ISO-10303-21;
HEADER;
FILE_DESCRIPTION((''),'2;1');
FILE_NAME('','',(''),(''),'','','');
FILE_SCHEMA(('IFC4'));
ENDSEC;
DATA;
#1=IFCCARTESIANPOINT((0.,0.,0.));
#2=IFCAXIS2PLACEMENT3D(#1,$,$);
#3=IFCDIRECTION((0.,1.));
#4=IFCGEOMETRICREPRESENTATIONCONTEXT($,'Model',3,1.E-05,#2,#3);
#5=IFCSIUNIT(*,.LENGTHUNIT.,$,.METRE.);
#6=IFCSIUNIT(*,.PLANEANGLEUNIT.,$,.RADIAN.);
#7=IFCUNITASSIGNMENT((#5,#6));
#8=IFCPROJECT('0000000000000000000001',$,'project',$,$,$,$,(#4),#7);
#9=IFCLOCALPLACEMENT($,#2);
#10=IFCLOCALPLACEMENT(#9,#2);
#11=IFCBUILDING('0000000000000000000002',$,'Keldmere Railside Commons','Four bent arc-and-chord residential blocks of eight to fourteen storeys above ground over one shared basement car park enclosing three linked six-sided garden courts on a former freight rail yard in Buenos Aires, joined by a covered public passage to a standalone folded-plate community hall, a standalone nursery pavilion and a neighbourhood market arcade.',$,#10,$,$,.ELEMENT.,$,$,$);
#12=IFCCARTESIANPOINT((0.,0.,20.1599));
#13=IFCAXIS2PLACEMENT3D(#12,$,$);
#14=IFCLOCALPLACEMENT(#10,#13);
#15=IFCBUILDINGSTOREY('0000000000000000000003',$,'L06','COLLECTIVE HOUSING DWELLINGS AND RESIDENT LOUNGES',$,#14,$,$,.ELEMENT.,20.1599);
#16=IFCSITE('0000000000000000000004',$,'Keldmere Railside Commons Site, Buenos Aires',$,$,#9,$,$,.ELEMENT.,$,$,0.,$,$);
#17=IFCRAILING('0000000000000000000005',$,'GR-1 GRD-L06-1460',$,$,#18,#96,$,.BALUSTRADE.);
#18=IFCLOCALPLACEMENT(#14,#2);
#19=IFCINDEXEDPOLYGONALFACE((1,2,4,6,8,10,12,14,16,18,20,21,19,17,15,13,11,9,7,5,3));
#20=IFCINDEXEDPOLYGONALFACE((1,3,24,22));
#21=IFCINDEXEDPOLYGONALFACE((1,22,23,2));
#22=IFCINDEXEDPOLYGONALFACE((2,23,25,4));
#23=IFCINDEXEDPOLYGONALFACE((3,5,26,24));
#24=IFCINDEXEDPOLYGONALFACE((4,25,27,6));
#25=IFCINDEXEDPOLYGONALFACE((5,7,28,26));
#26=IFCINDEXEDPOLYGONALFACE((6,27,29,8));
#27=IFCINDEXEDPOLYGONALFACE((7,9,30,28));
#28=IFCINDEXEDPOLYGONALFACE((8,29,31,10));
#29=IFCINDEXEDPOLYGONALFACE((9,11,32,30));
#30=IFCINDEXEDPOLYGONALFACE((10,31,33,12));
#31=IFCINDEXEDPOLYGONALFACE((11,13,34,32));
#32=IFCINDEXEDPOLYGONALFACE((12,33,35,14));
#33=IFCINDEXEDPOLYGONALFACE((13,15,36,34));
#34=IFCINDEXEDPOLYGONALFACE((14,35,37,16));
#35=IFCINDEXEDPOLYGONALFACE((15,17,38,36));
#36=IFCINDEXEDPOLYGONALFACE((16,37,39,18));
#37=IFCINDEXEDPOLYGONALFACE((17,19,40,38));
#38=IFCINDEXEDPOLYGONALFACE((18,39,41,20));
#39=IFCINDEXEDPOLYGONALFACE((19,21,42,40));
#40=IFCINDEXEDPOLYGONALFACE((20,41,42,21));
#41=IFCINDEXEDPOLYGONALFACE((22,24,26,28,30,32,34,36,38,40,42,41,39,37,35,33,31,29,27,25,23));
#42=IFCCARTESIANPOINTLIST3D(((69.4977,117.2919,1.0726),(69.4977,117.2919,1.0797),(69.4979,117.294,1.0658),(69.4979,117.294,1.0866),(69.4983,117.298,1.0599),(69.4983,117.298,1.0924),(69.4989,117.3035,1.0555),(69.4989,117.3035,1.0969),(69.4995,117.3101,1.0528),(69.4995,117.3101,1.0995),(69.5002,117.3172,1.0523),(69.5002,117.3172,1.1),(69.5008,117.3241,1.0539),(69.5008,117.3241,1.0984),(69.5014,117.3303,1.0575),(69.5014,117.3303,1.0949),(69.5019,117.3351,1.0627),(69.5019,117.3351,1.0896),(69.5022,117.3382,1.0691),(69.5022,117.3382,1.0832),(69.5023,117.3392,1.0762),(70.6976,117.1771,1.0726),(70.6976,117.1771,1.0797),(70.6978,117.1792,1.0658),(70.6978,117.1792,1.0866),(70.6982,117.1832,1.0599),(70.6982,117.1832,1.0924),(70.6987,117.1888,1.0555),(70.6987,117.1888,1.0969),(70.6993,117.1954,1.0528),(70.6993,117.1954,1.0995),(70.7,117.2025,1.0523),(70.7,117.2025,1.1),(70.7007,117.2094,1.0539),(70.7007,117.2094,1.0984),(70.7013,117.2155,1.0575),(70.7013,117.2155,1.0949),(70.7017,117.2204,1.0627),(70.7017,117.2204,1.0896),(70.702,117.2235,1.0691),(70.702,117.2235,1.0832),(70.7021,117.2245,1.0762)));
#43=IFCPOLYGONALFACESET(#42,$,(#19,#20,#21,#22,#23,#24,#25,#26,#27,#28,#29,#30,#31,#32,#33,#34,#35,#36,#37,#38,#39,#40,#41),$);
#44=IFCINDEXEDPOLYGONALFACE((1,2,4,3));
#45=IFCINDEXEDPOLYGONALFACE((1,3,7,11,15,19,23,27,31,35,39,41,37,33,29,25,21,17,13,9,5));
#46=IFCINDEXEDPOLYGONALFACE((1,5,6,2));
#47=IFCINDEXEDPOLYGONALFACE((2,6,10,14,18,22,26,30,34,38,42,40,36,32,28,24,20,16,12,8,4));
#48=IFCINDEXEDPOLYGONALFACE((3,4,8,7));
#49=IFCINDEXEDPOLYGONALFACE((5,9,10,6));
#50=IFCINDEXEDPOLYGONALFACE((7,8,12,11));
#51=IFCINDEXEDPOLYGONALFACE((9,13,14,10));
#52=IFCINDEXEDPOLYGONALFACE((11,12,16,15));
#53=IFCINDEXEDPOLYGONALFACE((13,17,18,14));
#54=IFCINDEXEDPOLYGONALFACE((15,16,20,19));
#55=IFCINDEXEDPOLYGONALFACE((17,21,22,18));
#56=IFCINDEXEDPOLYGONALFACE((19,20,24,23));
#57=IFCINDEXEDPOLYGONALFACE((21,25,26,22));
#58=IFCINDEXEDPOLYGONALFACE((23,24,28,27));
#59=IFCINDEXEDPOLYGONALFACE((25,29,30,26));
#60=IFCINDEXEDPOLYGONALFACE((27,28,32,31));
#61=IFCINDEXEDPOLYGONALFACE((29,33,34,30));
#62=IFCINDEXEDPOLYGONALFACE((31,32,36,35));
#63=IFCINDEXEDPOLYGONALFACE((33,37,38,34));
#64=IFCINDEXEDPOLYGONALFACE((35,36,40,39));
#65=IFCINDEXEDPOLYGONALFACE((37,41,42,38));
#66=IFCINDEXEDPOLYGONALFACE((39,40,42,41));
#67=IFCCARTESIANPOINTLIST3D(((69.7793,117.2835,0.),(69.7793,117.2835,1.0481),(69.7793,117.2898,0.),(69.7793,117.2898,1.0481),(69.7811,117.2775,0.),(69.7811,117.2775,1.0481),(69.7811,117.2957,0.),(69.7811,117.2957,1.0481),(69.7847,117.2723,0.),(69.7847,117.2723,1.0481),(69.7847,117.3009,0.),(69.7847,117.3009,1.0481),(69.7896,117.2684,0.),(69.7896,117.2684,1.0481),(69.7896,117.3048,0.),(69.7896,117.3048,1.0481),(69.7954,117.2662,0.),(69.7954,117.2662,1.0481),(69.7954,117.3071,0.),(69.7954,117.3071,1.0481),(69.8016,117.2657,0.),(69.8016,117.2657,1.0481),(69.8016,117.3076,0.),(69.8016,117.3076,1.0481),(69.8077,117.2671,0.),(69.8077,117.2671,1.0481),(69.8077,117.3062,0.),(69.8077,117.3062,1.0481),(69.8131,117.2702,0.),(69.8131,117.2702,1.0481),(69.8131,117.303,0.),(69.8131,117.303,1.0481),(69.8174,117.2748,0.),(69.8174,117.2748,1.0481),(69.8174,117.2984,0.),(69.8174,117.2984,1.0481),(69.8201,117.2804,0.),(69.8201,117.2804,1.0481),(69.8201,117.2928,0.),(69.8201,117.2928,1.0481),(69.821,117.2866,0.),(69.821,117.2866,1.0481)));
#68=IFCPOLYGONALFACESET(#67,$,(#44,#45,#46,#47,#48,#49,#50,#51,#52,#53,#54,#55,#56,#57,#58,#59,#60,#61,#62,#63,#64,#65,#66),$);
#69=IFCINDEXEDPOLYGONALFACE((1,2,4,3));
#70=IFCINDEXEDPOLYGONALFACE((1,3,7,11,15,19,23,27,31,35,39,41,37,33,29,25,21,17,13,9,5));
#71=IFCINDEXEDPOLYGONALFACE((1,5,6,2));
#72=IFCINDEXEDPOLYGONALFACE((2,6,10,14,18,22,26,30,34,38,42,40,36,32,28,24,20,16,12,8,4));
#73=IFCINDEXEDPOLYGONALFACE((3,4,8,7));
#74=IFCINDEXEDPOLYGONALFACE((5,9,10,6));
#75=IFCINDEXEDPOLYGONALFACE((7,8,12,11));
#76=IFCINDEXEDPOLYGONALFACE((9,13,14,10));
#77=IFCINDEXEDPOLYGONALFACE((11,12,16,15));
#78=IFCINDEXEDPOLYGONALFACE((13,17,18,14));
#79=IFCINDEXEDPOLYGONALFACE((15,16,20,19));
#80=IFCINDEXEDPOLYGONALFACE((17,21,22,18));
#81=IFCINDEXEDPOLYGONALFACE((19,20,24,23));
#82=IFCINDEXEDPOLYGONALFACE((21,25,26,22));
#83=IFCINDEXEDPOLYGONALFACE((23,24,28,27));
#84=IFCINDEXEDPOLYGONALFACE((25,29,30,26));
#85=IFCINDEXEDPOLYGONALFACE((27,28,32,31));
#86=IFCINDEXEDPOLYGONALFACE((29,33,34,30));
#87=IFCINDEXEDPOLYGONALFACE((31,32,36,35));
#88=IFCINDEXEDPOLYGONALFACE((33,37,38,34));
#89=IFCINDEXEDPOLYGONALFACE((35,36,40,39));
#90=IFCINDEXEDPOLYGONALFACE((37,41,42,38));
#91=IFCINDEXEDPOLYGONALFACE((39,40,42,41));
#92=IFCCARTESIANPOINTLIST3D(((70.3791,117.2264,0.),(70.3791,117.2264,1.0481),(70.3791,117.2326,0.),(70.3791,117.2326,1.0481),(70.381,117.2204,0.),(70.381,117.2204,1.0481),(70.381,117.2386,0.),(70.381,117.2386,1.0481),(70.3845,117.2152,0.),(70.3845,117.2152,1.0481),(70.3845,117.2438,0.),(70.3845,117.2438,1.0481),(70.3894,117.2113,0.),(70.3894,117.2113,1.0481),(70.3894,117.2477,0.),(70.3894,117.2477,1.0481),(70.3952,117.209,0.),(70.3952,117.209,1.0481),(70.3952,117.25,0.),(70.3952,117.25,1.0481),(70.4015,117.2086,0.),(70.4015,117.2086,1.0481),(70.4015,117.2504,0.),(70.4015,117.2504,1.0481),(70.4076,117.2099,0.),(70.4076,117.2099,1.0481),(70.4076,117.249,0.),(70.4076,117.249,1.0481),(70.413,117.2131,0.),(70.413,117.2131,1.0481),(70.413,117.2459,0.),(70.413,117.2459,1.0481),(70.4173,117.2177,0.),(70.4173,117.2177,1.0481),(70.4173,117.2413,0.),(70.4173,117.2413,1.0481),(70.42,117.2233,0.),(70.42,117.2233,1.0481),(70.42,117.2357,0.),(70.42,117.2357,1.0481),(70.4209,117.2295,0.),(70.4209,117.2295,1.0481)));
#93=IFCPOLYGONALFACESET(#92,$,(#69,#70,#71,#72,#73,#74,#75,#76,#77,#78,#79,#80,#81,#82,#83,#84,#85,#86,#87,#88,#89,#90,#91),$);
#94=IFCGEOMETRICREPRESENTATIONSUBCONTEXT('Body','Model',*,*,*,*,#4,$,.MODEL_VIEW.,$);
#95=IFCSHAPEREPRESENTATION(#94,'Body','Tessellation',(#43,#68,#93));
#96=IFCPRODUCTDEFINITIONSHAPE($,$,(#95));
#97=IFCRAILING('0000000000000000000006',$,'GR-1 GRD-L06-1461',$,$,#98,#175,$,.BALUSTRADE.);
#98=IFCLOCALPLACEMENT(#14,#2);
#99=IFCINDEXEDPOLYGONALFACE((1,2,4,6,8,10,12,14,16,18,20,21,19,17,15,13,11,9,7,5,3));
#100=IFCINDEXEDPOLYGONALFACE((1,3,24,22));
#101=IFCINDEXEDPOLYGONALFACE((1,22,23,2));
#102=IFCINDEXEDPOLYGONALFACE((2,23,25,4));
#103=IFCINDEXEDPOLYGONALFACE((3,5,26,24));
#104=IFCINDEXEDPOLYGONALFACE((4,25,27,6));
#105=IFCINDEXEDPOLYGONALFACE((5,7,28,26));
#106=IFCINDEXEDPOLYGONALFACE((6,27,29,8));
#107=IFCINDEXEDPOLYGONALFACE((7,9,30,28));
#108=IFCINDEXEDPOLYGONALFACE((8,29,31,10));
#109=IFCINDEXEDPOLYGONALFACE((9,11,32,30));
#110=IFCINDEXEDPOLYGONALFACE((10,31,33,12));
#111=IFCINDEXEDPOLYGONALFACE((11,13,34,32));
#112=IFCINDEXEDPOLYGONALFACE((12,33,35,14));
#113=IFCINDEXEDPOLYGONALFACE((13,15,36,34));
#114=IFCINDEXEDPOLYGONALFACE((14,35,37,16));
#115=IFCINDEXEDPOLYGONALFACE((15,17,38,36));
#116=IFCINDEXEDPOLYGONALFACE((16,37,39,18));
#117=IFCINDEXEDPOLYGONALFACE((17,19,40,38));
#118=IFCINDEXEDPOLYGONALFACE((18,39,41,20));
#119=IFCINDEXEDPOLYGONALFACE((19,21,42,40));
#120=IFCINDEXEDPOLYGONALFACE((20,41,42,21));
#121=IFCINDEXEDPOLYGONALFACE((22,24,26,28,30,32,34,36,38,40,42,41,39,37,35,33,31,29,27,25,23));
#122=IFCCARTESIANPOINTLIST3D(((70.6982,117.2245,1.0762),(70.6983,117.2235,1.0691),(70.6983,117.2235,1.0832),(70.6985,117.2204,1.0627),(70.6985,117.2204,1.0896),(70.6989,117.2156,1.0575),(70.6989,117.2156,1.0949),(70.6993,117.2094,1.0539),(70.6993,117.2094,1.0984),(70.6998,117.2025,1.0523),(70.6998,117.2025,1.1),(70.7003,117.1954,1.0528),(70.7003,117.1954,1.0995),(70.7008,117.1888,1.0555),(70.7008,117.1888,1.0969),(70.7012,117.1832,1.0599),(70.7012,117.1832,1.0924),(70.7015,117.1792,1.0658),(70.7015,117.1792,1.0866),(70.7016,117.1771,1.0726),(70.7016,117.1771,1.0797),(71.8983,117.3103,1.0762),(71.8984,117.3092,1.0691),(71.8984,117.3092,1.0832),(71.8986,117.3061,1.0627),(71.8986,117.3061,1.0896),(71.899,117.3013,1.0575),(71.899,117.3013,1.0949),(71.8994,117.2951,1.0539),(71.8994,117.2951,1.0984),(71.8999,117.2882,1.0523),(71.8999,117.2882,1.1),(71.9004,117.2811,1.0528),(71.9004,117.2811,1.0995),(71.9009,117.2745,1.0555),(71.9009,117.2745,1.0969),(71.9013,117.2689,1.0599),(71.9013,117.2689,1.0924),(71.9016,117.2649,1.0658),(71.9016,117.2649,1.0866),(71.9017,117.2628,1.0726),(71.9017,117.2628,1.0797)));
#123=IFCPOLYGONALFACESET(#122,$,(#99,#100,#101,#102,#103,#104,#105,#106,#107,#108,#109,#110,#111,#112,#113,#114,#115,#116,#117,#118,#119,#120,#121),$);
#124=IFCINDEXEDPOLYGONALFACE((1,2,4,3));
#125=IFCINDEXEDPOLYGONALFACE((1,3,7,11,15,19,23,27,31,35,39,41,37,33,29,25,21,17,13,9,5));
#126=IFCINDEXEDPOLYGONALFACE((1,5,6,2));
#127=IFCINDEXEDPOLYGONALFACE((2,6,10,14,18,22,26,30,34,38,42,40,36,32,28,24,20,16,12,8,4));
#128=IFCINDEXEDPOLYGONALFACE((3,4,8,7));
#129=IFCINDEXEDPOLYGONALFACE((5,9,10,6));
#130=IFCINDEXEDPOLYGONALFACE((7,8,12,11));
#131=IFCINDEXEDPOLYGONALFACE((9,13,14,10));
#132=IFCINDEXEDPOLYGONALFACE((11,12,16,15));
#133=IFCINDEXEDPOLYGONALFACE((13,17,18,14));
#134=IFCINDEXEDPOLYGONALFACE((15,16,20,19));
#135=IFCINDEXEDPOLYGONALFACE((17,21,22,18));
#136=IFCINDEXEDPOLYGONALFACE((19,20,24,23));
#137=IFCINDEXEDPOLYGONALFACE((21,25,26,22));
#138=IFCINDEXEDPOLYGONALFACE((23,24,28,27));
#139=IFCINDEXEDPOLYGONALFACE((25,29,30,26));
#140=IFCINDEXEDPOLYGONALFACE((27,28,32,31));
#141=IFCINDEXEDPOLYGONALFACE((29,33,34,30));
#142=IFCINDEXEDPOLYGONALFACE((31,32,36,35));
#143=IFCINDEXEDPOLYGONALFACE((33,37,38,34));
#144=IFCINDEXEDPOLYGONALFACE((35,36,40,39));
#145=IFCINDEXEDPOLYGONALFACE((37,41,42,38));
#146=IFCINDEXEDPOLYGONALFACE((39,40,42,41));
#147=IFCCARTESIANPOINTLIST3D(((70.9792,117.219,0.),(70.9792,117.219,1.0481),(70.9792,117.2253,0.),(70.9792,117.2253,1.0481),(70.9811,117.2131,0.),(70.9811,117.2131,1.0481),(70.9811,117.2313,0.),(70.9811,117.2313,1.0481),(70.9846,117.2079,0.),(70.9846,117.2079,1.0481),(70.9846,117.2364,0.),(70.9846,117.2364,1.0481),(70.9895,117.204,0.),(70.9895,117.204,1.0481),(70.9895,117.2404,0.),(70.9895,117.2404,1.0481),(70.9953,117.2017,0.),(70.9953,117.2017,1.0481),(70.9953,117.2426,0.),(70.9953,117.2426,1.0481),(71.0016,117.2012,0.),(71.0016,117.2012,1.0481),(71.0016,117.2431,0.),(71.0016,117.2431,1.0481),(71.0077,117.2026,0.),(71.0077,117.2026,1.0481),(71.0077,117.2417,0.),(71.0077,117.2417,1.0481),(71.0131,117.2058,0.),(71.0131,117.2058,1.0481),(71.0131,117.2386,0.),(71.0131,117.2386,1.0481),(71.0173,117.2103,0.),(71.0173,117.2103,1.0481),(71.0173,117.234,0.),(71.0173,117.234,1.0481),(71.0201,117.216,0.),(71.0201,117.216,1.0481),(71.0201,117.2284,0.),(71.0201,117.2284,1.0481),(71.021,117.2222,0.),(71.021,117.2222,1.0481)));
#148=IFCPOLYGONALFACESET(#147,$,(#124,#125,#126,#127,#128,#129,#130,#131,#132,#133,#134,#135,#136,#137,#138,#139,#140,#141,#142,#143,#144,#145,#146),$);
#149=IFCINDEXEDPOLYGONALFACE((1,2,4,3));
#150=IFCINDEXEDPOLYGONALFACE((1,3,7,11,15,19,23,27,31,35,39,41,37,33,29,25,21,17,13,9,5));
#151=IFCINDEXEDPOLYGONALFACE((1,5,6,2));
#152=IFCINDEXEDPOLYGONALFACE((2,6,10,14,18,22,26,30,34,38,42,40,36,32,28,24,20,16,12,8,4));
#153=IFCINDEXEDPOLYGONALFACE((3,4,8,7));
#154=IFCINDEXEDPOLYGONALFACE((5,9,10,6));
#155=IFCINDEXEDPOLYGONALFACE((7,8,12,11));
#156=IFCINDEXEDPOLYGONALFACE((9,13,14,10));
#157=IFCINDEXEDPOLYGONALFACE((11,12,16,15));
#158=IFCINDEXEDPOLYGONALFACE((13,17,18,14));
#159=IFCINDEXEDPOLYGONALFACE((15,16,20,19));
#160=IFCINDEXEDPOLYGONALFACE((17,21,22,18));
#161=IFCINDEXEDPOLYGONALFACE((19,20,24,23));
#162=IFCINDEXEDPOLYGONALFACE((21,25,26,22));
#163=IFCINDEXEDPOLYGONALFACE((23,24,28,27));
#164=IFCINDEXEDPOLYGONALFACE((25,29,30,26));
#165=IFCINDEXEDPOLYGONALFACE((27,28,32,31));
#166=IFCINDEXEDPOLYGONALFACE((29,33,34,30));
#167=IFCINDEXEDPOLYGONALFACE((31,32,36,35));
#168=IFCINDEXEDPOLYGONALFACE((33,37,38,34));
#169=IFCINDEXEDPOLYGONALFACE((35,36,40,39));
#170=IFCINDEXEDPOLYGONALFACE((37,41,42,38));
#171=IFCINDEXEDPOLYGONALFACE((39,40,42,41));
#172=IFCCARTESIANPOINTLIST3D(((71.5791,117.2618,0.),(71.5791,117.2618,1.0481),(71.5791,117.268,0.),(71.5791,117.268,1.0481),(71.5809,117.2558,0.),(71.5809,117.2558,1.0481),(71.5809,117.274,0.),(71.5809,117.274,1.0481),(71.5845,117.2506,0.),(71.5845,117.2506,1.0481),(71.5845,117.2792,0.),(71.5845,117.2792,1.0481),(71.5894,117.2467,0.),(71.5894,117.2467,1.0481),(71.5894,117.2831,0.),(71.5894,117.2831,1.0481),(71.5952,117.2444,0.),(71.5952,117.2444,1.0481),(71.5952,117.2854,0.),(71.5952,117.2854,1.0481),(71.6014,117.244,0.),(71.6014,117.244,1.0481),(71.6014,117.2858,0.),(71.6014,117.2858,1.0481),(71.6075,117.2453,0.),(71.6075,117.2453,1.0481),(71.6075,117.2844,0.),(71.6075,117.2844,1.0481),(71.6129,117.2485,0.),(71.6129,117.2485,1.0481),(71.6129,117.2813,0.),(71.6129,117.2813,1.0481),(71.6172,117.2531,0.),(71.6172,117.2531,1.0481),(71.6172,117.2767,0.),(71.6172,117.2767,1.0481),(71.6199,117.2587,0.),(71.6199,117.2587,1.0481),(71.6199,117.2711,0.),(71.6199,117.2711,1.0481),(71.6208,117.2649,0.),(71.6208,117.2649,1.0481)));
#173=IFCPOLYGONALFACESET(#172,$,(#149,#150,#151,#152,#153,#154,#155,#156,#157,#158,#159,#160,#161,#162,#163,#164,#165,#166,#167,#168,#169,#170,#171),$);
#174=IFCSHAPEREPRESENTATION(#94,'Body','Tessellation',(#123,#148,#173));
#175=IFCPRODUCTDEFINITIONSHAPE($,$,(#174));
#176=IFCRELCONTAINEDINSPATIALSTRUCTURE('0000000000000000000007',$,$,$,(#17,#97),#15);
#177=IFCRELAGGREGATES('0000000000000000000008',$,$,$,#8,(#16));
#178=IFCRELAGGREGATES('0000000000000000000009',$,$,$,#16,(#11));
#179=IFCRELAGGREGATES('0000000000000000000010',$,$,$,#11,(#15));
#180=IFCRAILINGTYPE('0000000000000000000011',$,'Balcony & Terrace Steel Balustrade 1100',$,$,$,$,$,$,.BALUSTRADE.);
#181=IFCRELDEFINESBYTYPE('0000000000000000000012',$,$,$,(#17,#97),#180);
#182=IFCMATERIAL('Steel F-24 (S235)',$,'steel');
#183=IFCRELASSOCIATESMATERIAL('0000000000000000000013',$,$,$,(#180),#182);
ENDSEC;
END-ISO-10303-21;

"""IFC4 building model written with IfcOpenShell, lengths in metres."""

from ifc_helpers import new_model, si_unit, direction, frame, origin, origin_2d, place, context, subcontext, project, spatial, circle, extrude, material, type_object, element, save


model = new_model("IFC4")

# Units and contexts
model_context = context("Model", 3, precision=1e-05, world=origin(), true_north=direction((0.0, 1.0)))
body_context = subcontext(model_context, "Body", "Model", "MODEL_VIEW")
ifc_project = project(units=[si_unit("LENGTHUNIT", "METRE"), si_unit("PLANEANGLEUNIT", "RADIAN")], contexts=[model_context])

# Site, building, storey
site_placement = place(None, origin())
site = spatial("IfcSite", under=ifc_project, at=site_placement, Name="Keldmere Railside Commons Site, Buenos Aires", CompositionType="ELEMENT", RefElevation=0.0)
building_placement = place(site_placement, origin())
building = spatial("IfcBuilding", under=site, at=building_placement, Name="Keldmere Railside Commons", Description="Four bent arc-and-chord residential blocks of eight to fourteen storeys above ground over one shared basement car park enclosing three linked six-sided garden courts on a former freight rail yard in Buenos Aires, joined by a covered public passage to a standalone folded-plate community hall, a standalone nursery pavilion and a neighbourhood market arcade.", CompositionType="ELEMENT")
storey_placement = place(building_placement, frame((0.0, 0.0, 20.1599)))
storey = spatial("IfcBuildingStorey", under=building, at=storey_placement, Name="L06", Description="COLLECTIVE HOUSING DWELLINGS AND RESIDENT LOUNGES", CompositionType="ELEMENT", Elevation=20.1599)

# Railings
ifc_material_1 = material(Name="Steel F-24 (S235)", Category="steel")
railing_type = type_object("IfcRailingType", Name="Balcony & Terrace Steel Balustrade 1100", PredefinedType="BALUSTRADE", material=ifc_material_1)
railing_1_placement = place(storey_placement, frame((69.5, 117.3154, 0.0)))
element("IfcRailing", 1, at=railing_1_placement, inside=storey, type_object=railing_type, Name="GR-1 GRD-L06-1460", PredefinedType="BALUSTRADE", context=body_context, shape_type="SweptSolid", body=[
    extrude(circle(Radius=0.0239, at=origin_2d()), frame((0.0, 0.0, 1.0762), z_axis=(0.995459, -0.095191, 0.0), x_axis=(0.095191, 0.995459, 0.0)), (0.0, 0.0, 1.0), 1.2053),
    extrude(circle(Radius=0.021, at=origin_2d()), frame((0.3, -0.0288, 0.0)), (0.0, 0.0, 1.0), 1.0481),
    extrude(circle(Radius=0.021, at=origin_2d()), frame((0.8999, -0.0859, 0.0)), (0.0, 0.0, 1.0), 1.0481),
])
railing_2_placement = place(storey_placement, frame((70.7, 117.2007, 0.0)))
element("IfcRailing", 2, at=railing_2_placement, inside=storey, type_object=railing_type, Name="GR-1 GRD-L06-1461", PredefinedType="BALUSTRADE", context=body_context, shape_type="SweptSolid", body=[
    extrude(circle(Radius=0.0239, at=origin_2d()), frame((0.0, 0.0, 1.0762), z_axis=(0.99746, 0.071233, 0.0), x_axis=(-0.071233, 0.99746, 0.0)), (0.0, 0.0, 1.0), 1.2031),
    extrude(circle(Radius=0.021, at=origin_2d()), frame((0.3, 0.0215, 0.0)), (0.0, 0.0, 1.0), 1.0481),
    extrude(circle(Radius=0.021, at=origin_2d()), frame((0.8999, 0.0642, 0.0)), (0.0, 0.0, 1.0), 1.0481),
])

save(model, "model.ifc")
